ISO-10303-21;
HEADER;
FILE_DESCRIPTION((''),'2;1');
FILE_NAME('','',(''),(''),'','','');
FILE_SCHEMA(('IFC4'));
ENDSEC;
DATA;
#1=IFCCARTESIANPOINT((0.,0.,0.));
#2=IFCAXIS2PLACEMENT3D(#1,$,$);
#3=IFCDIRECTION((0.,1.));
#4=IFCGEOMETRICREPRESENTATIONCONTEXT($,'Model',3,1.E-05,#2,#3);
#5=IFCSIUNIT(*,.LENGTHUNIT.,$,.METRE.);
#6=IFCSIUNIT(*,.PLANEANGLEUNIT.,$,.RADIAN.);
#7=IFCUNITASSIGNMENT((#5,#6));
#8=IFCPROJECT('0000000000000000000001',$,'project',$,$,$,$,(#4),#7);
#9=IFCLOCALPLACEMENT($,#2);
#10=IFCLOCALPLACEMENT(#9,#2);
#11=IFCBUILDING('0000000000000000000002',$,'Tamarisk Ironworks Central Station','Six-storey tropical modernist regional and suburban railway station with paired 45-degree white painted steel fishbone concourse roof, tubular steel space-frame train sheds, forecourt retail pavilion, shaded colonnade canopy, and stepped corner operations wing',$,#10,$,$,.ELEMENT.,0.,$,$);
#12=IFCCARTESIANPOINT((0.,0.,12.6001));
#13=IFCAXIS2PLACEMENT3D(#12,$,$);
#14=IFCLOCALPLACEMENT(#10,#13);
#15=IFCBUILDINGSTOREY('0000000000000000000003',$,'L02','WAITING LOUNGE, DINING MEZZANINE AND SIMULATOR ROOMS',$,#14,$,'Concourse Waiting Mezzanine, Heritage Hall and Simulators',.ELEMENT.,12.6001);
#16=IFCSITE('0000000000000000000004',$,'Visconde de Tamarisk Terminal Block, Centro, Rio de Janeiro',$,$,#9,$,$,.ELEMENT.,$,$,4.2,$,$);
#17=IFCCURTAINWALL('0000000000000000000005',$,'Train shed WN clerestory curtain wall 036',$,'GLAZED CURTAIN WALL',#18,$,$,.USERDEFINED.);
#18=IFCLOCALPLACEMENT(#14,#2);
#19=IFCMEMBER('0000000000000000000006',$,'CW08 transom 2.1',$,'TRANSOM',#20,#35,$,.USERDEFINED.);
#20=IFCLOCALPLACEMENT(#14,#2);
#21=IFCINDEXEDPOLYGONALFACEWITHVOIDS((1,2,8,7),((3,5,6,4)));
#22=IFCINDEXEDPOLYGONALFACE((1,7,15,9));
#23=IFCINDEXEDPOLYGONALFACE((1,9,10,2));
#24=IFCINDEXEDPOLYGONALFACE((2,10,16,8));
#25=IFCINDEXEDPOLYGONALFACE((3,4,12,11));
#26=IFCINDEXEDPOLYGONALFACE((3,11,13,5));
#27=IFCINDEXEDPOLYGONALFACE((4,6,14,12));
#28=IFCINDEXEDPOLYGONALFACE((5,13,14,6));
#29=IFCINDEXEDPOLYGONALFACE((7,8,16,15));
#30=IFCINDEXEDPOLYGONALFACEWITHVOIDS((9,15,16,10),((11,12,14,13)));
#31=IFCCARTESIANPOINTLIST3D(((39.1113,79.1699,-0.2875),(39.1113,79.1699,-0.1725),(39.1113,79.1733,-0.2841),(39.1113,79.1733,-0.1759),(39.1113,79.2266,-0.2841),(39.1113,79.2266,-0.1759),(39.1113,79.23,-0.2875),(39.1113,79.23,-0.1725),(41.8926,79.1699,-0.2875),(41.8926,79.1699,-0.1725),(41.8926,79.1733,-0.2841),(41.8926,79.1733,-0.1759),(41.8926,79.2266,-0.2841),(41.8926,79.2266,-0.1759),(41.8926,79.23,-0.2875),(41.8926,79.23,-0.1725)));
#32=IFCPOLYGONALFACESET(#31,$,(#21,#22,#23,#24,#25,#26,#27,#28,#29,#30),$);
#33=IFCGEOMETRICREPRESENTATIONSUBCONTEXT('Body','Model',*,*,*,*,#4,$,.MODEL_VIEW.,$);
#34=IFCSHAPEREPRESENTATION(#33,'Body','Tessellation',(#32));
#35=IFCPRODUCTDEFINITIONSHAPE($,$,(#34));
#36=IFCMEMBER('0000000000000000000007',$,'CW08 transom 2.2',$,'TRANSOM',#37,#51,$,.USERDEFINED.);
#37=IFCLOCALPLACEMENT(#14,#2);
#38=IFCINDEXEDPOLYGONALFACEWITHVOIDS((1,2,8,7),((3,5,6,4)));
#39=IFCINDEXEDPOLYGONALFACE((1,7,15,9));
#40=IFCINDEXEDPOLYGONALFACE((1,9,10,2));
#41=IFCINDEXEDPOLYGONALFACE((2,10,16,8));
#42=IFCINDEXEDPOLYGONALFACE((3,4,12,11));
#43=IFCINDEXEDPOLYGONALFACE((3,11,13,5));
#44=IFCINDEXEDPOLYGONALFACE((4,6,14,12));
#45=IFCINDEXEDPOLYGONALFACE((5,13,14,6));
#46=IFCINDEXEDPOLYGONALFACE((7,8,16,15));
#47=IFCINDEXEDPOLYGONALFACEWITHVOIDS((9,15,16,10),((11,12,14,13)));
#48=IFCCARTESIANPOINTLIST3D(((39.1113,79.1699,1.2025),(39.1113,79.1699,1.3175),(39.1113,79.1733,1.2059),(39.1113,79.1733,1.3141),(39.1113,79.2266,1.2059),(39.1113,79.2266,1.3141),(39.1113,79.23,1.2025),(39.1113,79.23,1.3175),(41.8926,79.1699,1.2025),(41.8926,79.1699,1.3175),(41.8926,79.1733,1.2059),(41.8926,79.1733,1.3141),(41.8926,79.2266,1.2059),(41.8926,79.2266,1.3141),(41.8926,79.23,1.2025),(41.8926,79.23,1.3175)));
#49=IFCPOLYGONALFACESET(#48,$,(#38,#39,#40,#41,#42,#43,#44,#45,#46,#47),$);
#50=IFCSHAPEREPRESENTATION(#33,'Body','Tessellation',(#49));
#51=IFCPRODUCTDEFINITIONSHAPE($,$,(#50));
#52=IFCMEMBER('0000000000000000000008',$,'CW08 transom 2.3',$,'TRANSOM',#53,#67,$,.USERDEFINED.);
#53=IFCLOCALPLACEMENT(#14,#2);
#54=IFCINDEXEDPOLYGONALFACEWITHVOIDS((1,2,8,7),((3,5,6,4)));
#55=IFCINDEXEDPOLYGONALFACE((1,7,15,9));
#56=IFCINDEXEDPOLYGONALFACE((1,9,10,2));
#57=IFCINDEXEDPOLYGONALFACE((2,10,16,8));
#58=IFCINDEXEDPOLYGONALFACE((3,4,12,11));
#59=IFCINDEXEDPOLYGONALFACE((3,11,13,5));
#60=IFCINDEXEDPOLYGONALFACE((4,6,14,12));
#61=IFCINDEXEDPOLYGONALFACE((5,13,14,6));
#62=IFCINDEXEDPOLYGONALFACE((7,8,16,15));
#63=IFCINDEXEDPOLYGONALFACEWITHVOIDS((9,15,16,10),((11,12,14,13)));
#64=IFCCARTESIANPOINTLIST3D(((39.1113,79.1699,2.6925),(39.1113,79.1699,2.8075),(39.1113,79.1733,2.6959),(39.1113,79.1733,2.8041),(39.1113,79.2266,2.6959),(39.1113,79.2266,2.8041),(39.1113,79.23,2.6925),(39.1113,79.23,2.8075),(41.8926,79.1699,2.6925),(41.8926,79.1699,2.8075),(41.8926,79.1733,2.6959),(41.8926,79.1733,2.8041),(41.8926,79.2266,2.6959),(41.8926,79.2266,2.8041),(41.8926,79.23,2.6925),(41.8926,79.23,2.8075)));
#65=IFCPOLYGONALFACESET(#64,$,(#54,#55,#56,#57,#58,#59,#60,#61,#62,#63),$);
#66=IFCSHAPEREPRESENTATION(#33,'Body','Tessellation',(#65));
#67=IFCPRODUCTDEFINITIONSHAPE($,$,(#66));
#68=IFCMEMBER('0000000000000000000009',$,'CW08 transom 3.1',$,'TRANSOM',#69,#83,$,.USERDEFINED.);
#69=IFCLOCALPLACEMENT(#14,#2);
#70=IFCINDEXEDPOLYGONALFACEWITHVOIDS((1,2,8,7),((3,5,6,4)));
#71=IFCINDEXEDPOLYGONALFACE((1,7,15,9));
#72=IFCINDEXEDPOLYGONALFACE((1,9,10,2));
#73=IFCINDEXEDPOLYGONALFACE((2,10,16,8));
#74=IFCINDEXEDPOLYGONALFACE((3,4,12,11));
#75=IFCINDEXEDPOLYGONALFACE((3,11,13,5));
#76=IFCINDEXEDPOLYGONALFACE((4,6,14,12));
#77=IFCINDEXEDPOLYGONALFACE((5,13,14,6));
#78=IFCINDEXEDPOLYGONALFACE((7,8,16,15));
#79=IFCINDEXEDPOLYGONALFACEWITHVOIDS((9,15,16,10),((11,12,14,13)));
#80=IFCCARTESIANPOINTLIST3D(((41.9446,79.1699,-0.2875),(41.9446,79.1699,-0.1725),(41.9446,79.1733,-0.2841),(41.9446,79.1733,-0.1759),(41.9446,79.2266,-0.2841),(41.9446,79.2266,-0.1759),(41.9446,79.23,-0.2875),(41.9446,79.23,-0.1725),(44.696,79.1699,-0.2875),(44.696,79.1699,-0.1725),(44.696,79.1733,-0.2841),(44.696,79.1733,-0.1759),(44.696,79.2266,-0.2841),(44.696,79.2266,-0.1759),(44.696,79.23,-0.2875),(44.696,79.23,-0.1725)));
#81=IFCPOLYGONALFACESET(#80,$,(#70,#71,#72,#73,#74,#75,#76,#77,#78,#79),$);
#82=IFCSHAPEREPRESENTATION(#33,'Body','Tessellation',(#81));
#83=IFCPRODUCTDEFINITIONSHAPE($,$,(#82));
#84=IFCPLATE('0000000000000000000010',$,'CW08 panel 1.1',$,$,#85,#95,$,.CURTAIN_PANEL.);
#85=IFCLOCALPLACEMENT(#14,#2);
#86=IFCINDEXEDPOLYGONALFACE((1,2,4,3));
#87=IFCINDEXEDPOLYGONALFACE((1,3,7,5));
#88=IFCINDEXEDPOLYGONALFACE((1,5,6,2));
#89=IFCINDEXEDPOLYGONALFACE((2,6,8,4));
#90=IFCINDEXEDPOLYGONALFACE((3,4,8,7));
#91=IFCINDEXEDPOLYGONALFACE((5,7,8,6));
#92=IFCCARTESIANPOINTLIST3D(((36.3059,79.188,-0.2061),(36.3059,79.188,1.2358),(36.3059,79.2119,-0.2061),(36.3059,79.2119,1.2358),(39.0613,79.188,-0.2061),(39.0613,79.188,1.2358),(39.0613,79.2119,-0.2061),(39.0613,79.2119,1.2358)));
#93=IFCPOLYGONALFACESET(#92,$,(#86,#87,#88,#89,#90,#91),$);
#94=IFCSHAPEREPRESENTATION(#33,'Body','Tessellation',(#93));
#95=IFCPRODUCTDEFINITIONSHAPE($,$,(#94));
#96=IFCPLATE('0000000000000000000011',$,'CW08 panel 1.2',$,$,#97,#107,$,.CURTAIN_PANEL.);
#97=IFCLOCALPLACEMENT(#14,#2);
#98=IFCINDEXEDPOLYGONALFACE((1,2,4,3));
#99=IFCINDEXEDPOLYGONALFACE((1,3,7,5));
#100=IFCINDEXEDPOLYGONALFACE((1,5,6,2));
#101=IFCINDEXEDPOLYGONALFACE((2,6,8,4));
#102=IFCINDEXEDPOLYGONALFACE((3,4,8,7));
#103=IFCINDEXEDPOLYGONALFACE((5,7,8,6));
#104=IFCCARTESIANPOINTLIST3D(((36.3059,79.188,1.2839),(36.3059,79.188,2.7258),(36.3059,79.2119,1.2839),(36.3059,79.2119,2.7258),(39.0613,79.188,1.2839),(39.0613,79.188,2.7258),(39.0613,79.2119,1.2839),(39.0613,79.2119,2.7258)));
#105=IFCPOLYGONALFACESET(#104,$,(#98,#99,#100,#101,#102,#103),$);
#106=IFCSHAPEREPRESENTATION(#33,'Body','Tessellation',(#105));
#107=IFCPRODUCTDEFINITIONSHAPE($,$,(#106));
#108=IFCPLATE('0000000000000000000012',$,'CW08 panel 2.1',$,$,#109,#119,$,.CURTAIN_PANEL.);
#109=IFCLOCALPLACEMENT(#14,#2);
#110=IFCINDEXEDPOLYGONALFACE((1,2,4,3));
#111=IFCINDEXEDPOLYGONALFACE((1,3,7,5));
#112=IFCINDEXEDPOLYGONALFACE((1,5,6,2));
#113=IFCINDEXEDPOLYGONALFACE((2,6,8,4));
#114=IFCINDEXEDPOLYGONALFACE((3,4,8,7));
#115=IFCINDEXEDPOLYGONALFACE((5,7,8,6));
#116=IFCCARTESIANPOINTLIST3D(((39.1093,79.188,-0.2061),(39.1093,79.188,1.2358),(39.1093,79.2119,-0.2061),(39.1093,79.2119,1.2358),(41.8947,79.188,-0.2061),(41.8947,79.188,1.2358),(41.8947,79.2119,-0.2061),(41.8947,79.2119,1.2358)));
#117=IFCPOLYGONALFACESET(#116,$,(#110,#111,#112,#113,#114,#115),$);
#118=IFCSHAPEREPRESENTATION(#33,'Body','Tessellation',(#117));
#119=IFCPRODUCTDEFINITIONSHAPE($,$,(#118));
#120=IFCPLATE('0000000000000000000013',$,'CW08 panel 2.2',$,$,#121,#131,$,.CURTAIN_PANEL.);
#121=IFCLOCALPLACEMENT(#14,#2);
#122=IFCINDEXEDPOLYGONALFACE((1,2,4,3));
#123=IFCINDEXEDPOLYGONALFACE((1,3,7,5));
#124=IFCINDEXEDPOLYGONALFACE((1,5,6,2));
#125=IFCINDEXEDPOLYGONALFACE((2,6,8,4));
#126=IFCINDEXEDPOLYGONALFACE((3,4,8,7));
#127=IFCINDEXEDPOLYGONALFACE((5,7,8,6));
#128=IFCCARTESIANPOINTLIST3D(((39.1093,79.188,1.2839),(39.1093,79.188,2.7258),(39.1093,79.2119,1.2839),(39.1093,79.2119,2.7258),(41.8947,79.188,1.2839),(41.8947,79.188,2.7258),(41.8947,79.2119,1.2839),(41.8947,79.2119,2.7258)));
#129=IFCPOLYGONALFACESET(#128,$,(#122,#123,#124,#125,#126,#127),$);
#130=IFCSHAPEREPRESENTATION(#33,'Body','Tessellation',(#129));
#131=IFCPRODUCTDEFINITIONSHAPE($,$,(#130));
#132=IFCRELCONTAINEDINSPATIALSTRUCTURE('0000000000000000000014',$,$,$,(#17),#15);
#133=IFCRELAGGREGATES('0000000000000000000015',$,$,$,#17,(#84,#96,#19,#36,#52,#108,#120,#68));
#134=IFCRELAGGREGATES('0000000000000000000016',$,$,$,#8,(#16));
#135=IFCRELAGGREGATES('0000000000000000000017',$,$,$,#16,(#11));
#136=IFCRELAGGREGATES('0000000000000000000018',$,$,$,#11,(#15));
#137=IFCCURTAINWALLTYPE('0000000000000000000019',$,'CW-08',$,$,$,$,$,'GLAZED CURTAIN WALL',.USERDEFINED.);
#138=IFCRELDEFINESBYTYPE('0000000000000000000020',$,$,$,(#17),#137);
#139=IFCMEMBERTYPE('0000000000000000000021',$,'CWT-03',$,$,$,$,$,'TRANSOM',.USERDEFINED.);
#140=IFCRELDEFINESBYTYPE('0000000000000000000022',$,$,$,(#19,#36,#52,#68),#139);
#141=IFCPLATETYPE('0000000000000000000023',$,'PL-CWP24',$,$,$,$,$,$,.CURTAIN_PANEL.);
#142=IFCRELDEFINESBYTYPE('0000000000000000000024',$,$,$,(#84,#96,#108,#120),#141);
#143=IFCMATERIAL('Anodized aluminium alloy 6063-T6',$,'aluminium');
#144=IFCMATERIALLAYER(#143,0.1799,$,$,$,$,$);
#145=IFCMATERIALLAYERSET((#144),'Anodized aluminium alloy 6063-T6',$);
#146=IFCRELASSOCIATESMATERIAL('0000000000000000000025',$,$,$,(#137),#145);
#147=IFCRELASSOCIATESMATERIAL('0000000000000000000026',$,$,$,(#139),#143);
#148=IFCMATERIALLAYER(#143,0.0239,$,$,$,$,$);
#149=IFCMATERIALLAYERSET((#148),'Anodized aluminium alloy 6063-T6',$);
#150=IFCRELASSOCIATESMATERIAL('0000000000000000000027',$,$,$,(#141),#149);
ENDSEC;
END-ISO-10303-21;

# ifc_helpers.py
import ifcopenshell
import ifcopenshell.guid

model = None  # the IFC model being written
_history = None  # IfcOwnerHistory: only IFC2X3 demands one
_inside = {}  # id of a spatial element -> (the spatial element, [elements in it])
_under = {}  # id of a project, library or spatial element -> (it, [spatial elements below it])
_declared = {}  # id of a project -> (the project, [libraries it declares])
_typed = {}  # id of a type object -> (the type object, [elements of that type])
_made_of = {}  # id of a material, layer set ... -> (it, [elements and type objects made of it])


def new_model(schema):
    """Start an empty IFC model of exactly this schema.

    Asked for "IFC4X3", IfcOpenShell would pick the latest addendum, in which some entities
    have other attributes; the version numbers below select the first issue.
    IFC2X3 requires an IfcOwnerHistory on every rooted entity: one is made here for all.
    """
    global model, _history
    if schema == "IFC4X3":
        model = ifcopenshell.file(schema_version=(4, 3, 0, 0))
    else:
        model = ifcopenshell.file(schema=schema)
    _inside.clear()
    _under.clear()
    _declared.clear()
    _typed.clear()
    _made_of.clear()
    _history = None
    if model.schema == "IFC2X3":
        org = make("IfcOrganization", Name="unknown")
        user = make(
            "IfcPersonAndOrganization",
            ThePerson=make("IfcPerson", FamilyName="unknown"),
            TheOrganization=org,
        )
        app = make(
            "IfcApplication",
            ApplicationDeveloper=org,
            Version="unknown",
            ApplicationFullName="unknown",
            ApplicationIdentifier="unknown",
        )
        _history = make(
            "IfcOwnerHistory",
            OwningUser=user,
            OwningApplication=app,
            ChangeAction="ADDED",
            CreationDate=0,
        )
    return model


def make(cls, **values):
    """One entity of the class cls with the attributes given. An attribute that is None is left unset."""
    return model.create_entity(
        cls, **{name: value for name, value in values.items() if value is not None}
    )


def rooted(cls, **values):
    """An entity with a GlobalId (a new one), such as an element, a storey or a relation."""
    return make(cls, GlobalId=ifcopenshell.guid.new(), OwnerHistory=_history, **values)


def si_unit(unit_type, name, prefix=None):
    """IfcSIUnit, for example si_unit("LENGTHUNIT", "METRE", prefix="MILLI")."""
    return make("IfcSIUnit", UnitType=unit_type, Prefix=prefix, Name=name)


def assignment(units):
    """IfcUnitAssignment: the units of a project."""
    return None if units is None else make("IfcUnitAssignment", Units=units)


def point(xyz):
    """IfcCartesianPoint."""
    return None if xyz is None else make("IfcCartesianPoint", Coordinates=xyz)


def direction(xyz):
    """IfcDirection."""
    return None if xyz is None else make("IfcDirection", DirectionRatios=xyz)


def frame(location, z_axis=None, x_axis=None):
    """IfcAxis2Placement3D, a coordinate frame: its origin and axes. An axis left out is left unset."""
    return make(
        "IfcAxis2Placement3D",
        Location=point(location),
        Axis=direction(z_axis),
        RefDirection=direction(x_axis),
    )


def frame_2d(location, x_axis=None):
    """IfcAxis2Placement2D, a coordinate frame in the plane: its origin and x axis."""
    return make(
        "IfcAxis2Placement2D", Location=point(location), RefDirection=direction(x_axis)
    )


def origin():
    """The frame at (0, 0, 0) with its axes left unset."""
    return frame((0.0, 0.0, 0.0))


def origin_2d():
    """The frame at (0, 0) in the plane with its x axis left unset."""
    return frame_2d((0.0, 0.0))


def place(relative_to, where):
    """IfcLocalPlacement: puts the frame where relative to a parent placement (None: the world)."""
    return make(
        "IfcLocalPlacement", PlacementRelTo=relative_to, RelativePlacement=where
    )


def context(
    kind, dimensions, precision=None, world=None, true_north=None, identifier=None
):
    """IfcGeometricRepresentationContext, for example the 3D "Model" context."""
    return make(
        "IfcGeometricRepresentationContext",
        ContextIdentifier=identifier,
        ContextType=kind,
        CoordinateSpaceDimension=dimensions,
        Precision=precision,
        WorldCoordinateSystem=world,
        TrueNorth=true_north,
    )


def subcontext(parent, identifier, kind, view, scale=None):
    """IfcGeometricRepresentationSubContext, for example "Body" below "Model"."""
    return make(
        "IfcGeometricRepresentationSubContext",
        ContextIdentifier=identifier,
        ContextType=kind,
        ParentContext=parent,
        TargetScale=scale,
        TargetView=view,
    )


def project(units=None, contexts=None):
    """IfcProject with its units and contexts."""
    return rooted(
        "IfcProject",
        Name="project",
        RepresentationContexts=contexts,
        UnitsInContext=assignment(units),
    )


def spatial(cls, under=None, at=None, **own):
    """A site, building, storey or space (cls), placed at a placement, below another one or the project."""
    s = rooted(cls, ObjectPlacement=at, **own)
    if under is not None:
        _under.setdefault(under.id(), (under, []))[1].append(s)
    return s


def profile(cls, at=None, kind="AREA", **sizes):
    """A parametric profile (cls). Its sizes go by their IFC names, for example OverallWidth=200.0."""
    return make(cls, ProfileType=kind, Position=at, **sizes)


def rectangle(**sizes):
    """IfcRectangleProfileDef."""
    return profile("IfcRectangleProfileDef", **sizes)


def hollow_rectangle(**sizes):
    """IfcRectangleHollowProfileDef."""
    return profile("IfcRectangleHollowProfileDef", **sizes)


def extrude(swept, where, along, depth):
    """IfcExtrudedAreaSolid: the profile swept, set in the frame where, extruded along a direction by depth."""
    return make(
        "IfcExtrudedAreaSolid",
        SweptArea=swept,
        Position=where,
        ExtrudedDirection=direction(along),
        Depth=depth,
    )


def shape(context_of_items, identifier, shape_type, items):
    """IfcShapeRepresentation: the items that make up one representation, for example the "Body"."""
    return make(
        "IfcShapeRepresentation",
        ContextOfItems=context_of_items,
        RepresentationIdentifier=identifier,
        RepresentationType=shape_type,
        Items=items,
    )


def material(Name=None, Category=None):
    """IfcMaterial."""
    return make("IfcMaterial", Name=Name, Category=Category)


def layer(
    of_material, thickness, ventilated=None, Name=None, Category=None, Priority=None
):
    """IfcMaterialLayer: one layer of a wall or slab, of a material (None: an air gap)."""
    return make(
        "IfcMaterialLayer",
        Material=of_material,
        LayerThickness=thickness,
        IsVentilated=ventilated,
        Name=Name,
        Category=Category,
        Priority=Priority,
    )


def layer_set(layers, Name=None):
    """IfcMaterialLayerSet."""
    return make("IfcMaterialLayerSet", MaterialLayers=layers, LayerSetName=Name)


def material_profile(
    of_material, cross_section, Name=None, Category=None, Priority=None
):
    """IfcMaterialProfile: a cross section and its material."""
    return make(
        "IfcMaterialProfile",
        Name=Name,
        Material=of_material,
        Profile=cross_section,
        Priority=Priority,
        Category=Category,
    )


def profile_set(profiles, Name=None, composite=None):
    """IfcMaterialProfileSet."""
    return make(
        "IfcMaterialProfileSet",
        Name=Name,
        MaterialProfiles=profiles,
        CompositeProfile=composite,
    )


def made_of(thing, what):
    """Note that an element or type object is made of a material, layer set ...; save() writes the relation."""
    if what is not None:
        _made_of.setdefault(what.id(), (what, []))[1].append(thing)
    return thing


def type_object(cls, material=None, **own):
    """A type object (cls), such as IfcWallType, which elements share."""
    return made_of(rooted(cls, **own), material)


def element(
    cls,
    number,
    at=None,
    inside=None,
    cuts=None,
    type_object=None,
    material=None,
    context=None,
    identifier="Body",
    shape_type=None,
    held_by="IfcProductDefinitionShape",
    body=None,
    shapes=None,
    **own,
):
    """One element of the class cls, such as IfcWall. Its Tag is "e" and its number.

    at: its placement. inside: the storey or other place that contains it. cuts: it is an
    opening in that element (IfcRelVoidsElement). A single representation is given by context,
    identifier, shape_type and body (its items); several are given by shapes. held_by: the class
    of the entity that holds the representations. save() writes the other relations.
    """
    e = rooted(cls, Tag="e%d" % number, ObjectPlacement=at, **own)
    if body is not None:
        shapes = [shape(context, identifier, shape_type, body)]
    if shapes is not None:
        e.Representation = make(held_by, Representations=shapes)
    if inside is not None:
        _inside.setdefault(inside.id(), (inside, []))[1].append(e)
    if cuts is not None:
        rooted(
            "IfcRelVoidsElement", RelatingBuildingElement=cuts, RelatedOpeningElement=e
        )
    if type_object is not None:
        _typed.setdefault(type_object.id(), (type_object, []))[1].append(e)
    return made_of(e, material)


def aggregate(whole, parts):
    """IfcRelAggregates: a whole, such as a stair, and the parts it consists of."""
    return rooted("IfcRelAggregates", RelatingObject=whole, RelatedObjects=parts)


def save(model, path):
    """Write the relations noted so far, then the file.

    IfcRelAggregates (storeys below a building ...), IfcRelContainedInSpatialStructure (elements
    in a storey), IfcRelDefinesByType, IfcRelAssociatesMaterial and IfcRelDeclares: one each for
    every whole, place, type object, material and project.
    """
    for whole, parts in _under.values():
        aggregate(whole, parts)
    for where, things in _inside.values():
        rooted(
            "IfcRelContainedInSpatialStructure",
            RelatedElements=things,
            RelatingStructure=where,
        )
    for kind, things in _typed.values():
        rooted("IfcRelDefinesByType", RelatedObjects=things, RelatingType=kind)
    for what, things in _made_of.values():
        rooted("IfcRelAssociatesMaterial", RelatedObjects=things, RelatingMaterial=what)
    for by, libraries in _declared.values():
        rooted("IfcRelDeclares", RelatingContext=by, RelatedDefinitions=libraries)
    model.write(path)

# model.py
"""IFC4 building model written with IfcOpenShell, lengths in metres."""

from ifc_helpers import new_model, si_unit, direction, frame, origin, origin_2d, place, context, subcontext, project, spatial, rectangle, hollow_rectangle, extrude, material, layer, layer_set, material_profile, profile_set, type_object, element, aggregate, save


model = new_model("IFC4")

# Units and contexts
model_context = context("Model", 3, precision=1e-05, world=origin(), true_north=direction((0.0, 1.0)))
body_context = subcontext(model_context, "Body", "Model", "MODEL_VIEW")
ifc_project = project(units=[si_unit("LENGTHUNIT", "METRE"), si_unit("PLANEANGLEUNIT", "RADIAN")], contexts=[model_context])

# Site, building, storey
site_placement = place(None, origin())
site = spatial("IfcSite", under=ifc_project, at=site_placement, Name="Visconde de Tamarisk Terminal Block, Centro, Rio de Janeiro", CompositionType="ELEMENT", RefElevation=4.2)
building_placement = place(site_placement, origin())
building = spatial("IfcBuilding", under=site, at=building_placement, Name="Tamarisk Ironworks Central Station", Description="Six-storey tropical modernist regional and suburban railway station with paired 45-degree white painted steel fishbone concourse roof, tubular steel space-frame train sheds, forecourt retail pavilion, shaded colonnade canopy, and stepped corner operations wing", CompositionType="ELEMENT", ElevationOfRefHeight=0.0)
storey_placement = place(building_placement, frame((0.0, 0.0, 12.6001)))
storey = spatial("IfcBuildingStorey", under=building, at=storey_placement, Name="L02", Description="WAITING LOUNGE, DINING MEZZANINE AND SIMULATOR ROOMS", LongName="Concourse Waiting Mezzanine, Heritage Hall and Simulators", CompositionType="ELEMENT", Elevation=12.6001)

# Curtain wall, members, plates
ifc_material_1 = material(Name="Anodized aluminium alloy 6063-T6", Category="aluminium")
ifc_layer_1 = layer(ifc_material_1, 0.1799)
ifc_layer_set_1 = layer_set([ifc_layer_1], Name="Anodized aluminium alloy 6063-T6")
curtain_wall_type = type_object("IfcCurtainWallType", Name="CW-08", ElementType="GLAZED CURTAIN WALL", PredefinedType="USERDEFINED", material=ifc_layer_set_1)
curtain_wall_placement = place(storey_placement, origin())
curtain_wall = element("IfcCurtainWall", 1, at=curtain_wall_placement, inside=storey, type_object=curtain_wall_type, Name="Train shed WN clerestory curtain wall 036", ObjectType="GLAZED CURTAIN WALL", PredefinedType="USERDEFINED")
ifc_material_profile_1 = material_profile(ifc_material_1, hollow_rectangle(XDim=0.0601, YDim=0.115, WallThickness=0.0034, at=origin_2d()), Name="ALUM 115x60")
ifc_profile_set_1 = profile_set([ifc_material_profile_1], Name="Anodized aluminium alloy 6063-T6")
member_type_1 = type_object("IfcMemberType", Name="CWT-03", ElementType="TRANSOM", PredefinedType="USERDEFINED", material=ifc_profile_set_1)
member_1_placement = place(storey_placement, frame((39.1113, 79.2, -0.23), z_axis=(1.0, 0.0, 0.0), x_axis=(0.0, 1.0, 0.0)))
member_1 = element("IfcMember", 2, at=member_1_placement, type_object=member_type_1, Name="CW08 transom 2.1", ObjectType="TRANSOM", PredefinedType="USERDEFINED", context=body_context, shape_type="SweptSolid", body=[
    extrude(hollow_rectangle(XDim=0.0601, YDim=0.115, WallThickness=0.0034, at=origin_2d()), origin(), (0.0, 0.0, 1.0), 2.7812),
])
member_2_placement = place(storey_placement, frame((39.1113, 79.2, 1.26), z_axis=(1.0, 0.0, 0.0), x_axis=(0.0, 1.0, 0.0)))
member_2 = element("IfcMember", 3, at=member_2_placement, type_object=member_type_1, Name="CW08 transom 2.2", ObjectType="TRANSOM", PredefinedType="USERDEFINED", context=body_context, shape_type="SweptSolid", body=[
    extrude(hollow_rectangle(XDim=0.0601, YDim=0.115, WallThickness=0.0034, at=origin_2d()), origin(), (0.0, 0.0, 1.0), 2.7812),
])
member_3_placement = place(storey_placement, frame((39.1113, 79.2, 2.75), z_axis=(1.0, 0.0, 0.0), x_axis=(0.0, 1.0, 0.0)))
member_3 = element("IfcMember", 4, at=member_3_placement, type_object=member_type_1, Name="CW08 transom 2.3", ObjectType="TRANSOM", PredefinedType="USERDEFINED", context=body_context, shape_type="SweptSolid", body=[
    extrude(hollow_rectangle(XDim=0.0601, YDim=0.115, WallThickness=0.0034, at=origin_2d()), origin(), (0.0, 0.0, 1.0), 2.7812),
])
member_4_placement = place(storey_placement, frame((41.9446, 79.2, -0.23), z_axis=(1.0, 0.0, 0.0), x_axis=(0.0, 1.0, 0.0)))
member_4 = element("IfcMember", 5, at=member_4_placement, type_object=member_type_1, Name="CW08 transom 3.1", ObjectType="TRANSOM", PredefinedType="USERDEFINED", context=body_context, shape_type="SweptSolid", body=[
    extrude(hollow_rectangle(XDim=0.0601, YDim=0.115, WallThickness=0.0034, at=origin_2d()), origin(), (0.0, 0.0, 1.0), 2.7515),
])
ifc_layer_2 = layer(ifc_material_1, 0.0239)
ifc_layer_set_2 = layer_set([ifc_layer_2], Name="Anodized aluminium alloy 6063-T6")
plate_type = type_object("IfcPlateType", Name="PL-CWP24", PredefinedType="CURTAIN_PANEL", material=ifc_layer_set_2)
plate_1_placement = place(storey_placement, frame((37.6836, 79.2, -0.2061), z_axis=(0.0, 0.0, 1.0), x_axis=(1.0, 0.0, 0.0)))
plate_1 = element("IfcPlate", 6, at=plate_1_placement, type_object=plate_type, Name="CW08 panel 1.1", PredefinedType="CURTAIN_PANEL", context=body_context, shape_type="SweptSolid", body=[
    extrude(rectangle(XDim=2.7554, YDim=0.0239, at=origin_2d()), origin(), (0.0, 0.0, 1.0), 1.4419),
])
plate_2_placement = place(storey_placement, frame((37.6836, 79.2, 1.2839), z_axis=(0.0, 0.0, 1.0), x_axis=(1.0, 0.0, 0.0)))
plate_2 = element("IfcPlate", 7, at=plate_2_placement, type_object=plate_type, Name="CW08 panel 1.2", PredefinedType="CURTAIN_PANEL", context=body_context, shape_type="SweptSolid", body=[
    extrude(rectangle(XDim=2.7554, YDim=0.0239, at=origin_2d()), origin(), (0.0, 0.0, 1.0), 1.4419),
])
plate_3_placement = place(storey_placement, frame((40.502, 79.2, -0.2061), z_axis=(0.0, 0.0, 1.0), x_axis=(1.0, 0.0, 0.0)))
plate_3 = element("IfcPlate", 8, at=plate_3_placement, type_object=plate_type, Name="CW08 panel 2.1", PredefinedType="CURTAIN_PANEL", context=body_context, shape_type="SweptSolid", body=[
    extrude(rectangle(XDim=2.7854, YDim=0.0239, at=origin_2d()), origin(), (0.0, 0.0, 1.0), 1.4419),
])
plate_4_placement = place(storey_placement, frame((40.502, 79.2, 1.2839), z_axis=(0.0, 0.0, 1.0), x_axis=(1.0, 0.0, 0.0)))
plate_4 = element("IfcPlate", 9, at=plate_4_placement, type_object=plate_type, Name="CW08 panel 2.2", PredefinedType="CURTAIN_PANEL", context=body_context, shape_type="SweptSolid", body=[
    extrude(rectangle(XDim=2.7854, YDim=0.0239, at=origin_2d()), origin(), (0.0, 0.0, 1.0), 1.4419),
])
aggregate(curtain_wall, [plate_1, plate_2, member_1, member_2, member_3, plate_3, plate_4, member_4])

save(model, "model.ifc")
